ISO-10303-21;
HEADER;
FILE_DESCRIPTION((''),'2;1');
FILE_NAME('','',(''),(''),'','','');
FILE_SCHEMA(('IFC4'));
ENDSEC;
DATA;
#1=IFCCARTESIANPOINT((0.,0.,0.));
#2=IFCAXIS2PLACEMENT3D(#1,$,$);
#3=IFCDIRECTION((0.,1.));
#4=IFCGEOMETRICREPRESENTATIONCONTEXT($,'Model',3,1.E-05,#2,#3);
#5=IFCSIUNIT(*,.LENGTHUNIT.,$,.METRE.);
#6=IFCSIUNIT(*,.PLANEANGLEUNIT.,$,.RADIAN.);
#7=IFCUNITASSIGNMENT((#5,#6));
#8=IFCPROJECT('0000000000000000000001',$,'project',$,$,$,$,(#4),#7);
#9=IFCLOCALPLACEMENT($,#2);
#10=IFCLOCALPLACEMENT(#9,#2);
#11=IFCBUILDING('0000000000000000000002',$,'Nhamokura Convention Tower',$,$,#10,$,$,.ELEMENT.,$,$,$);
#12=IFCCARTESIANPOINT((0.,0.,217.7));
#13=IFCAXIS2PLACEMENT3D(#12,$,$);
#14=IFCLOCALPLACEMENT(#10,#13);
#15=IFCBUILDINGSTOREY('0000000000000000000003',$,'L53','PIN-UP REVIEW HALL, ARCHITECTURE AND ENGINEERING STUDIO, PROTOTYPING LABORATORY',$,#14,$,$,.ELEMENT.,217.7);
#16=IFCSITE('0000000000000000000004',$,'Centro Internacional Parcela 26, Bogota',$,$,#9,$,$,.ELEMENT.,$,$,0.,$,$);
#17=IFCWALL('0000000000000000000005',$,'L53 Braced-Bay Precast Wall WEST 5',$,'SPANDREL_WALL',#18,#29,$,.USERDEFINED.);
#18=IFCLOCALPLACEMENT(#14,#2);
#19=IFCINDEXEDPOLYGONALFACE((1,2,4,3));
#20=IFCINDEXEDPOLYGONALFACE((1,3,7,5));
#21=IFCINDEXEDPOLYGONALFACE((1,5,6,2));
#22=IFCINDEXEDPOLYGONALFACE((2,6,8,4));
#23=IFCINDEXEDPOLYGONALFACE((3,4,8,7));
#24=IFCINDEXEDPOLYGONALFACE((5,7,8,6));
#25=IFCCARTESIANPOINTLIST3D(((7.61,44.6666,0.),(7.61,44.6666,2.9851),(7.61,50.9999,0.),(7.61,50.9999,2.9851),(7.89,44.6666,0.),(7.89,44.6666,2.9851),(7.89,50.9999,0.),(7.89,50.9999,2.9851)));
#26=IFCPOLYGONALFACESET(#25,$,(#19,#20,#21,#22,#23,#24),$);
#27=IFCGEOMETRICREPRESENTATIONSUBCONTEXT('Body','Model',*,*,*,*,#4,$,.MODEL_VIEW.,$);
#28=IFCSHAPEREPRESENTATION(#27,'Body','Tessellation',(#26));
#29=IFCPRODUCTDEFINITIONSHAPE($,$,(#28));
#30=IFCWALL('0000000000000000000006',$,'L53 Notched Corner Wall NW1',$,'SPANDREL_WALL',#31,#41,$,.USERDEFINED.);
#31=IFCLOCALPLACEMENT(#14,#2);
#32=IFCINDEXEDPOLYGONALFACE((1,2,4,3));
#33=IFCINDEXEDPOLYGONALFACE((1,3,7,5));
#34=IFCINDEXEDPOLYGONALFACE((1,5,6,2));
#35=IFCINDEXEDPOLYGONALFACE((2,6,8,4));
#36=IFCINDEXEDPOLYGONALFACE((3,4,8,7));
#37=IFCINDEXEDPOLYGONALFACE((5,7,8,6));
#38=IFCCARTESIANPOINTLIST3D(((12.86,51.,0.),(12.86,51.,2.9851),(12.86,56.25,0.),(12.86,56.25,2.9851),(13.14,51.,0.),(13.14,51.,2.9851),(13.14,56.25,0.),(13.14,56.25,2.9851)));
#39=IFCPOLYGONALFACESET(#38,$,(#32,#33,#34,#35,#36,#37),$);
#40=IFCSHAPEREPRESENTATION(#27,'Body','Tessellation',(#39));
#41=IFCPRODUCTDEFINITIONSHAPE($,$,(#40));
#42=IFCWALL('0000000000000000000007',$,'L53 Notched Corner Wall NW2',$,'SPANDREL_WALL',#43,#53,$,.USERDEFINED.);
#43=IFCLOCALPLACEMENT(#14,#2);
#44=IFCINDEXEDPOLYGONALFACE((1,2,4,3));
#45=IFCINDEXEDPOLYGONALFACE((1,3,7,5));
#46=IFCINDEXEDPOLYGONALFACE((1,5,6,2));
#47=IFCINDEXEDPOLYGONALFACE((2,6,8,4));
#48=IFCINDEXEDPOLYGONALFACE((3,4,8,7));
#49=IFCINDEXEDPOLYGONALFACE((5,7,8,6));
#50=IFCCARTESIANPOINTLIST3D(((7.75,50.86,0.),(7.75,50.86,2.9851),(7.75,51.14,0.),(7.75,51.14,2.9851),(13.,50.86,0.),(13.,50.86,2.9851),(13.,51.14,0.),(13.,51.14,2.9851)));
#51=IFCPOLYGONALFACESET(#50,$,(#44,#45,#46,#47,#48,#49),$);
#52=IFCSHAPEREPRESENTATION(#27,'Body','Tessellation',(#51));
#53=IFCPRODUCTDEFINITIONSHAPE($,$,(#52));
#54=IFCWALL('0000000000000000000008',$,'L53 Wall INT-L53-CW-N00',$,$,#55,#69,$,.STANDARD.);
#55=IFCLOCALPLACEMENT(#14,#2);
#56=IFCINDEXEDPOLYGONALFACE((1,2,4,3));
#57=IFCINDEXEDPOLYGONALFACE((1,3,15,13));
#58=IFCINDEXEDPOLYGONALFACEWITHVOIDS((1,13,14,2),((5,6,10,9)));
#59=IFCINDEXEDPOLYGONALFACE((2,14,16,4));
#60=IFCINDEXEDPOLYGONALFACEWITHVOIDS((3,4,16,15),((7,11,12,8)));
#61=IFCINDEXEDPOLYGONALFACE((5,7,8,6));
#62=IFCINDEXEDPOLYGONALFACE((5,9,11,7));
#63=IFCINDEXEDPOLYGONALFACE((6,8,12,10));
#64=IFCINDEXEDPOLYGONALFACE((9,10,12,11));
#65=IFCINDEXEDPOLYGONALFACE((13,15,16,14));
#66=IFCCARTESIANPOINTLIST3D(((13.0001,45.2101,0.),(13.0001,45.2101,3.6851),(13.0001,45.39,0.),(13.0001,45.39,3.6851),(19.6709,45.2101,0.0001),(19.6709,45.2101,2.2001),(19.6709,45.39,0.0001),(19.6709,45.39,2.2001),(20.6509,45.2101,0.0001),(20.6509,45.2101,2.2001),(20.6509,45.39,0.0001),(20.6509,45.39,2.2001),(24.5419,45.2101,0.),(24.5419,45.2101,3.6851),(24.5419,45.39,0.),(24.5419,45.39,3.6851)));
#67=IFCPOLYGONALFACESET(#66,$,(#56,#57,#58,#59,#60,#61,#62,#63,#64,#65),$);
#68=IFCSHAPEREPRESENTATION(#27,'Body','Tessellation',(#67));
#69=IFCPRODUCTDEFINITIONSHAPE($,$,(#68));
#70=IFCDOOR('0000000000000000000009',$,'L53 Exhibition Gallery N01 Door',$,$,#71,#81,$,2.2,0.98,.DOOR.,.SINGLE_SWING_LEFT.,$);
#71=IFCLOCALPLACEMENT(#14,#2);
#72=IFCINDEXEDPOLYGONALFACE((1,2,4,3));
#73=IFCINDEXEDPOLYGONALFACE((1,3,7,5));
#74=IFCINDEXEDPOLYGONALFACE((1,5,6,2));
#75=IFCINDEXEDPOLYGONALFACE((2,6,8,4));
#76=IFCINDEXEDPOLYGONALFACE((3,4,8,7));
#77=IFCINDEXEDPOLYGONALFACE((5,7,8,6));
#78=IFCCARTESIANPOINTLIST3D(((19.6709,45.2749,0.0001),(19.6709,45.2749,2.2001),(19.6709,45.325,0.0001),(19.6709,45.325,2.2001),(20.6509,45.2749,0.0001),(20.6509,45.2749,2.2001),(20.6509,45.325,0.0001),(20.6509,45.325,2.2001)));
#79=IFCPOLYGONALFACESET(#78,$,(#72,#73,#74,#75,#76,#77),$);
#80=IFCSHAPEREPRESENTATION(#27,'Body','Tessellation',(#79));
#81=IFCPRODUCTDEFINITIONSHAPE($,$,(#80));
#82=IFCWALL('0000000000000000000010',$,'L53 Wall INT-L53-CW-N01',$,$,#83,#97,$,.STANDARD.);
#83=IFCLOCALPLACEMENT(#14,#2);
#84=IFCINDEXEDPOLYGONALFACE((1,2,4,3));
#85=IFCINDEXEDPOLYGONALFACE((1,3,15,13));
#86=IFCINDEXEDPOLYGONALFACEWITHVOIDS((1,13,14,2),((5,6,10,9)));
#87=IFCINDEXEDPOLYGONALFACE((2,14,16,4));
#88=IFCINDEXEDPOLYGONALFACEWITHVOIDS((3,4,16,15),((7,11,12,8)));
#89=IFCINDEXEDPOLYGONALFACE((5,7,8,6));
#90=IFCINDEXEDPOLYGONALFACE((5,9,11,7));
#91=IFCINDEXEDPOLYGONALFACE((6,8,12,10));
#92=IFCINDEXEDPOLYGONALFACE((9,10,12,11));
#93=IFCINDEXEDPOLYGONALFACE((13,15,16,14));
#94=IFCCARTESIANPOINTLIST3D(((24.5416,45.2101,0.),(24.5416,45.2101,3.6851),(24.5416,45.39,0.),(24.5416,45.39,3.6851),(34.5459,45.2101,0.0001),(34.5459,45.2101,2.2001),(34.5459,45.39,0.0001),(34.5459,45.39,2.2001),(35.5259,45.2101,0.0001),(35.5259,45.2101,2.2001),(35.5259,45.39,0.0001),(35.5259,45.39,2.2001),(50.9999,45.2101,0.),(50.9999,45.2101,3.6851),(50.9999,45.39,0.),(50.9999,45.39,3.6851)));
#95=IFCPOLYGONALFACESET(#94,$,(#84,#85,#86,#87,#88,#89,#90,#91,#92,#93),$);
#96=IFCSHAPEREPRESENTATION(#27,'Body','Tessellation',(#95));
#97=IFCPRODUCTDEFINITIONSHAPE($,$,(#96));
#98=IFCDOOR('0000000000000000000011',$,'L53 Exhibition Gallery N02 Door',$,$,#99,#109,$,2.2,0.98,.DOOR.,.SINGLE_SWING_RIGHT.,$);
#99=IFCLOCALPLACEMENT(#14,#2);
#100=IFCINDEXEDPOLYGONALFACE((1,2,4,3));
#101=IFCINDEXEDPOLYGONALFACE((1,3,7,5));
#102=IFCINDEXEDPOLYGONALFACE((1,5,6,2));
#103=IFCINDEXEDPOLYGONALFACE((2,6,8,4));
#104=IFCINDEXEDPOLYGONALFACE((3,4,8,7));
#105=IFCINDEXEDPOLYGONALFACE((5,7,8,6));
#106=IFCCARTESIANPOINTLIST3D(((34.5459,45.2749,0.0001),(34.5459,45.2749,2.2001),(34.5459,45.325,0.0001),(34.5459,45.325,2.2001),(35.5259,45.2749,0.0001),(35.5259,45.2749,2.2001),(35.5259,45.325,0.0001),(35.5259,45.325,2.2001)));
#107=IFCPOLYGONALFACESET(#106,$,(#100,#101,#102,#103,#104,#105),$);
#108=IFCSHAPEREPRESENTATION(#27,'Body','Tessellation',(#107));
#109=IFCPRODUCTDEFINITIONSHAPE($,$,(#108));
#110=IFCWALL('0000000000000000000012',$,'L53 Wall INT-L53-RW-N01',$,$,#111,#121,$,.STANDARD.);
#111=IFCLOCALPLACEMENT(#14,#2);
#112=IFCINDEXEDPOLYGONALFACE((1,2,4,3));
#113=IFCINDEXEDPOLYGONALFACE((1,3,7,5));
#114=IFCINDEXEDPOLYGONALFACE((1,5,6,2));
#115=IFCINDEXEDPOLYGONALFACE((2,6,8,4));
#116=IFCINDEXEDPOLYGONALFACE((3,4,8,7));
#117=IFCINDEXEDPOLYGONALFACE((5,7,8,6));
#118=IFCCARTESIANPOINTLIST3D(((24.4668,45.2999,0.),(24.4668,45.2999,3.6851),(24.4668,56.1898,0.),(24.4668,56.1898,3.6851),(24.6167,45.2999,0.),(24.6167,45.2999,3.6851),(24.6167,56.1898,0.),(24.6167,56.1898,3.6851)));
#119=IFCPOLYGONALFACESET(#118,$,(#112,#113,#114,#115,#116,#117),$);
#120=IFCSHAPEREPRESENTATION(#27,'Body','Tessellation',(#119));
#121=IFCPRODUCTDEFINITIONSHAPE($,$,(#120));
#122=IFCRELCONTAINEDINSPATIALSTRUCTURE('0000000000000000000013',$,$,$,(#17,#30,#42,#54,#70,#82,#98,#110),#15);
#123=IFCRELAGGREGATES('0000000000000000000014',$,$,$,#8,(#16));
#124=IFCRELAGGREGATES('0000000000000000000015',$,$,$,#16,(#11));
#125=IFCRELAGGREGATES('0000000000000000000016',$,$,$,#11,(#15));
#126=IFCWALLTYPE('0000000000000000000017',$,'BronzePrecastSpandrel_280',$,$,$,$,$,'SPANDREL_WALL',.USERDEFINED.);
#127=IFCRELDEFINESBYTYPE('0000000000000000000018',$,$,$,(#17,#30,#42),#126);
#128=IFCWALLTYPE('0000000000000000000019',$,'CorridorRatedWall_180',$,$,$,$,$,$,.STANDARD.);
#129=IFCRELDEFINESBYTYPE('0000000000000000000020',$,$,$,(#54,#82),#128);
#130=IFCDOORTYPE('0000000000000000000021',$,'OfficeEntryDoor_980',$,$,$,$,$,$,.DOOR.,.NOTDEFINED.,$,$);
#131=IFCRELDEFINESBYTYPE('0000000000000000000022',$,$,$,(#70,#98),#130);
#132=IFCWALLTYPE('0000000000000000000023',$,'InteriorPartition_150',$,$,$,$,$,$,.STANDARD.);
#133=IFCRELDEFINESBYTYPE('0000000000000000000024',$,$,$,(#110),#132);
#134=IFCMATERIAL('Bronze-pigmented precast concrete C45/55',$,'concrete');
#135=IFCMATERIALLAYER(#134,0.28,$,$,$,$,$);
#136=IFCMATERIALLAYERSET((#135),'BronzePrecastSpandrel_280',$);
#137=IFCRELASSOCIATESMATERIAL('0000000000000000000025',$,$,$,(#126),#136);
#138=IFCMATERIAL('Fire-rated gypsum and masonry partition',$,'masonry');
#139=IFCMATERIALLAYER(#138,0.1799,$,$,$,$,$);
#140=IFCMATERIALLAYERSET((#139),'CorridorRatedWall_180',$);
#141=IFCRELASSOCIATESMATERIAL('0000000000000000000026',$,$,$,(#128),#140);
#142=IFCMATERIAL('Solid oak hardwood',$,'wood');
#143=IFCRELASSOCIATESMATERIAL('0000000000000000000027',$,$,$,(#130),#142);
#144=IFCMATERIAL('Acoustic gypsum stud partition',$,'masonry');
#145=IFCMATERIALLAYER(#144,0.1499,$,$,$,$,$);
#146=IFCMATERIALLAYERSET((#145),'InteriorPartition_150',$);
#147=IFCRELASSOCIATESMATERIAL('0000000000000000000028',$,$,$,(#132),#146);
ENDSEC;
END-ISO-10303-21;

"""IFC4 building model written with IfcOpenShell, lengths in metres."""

from ifc_helpers import new_model, si_unit, direction, frame, frame_2d, origin, place, context, subcontext, project, spatial, rectangle, extrude, material, layer, layer_set, type_object, element, fill, save


model = new_model("IFC4")

# Units and contexts
model_context = context("Model", 3, precision=1e-05, world=origin(), true_north=direction((0.0, 1.0)))
body_context = subcontext(model_context, "Body", "Model", "MODEL_VIEW")
ifc_project = project(units=[si_unit("LENGTHUNIT", "METRE"), si_unit("PLANEANGLEUNIT", "RADIAN")], contexts=[model_context])

# Site, building, storey
site_placement = place(None, origin())
site = spatial("IfcSite", under=ifc_project, at=site_placement, Name="Centro Internacional Parcela 26, Bogota", CompositionType="ELEMENT", RefElevation=0.0)
building_placement = place(site_placement, origin())
building = spatial("IfcBuilding", under=site, at=building_placement, Name="Nhamokura Convention Tower", CompositionType="ELEMENT")
storey_placement = place(building_placement, frame((0.0, 0.0, 217.7)))
storey = spatial("IfcBuildingStorey", under=building, at=storey_placement, Name="L53", Description="PIN-UP REVIEW HALL, ARCHITECTURE AND ENGINEERING STUDIO, PROTOTYPING LABORATORY", CompositionType="ELEMENT", Elevation=217.7)

# Shared definitions
ifc_material_1 = material(Name="Bronze-pigmented precast concrete C45/55", Category="concrete")
ifc_layer_1 = layer(ifc_material_1, 0.28)
ifc_layer_set_1 = layer_set([ifc_layer_1], Name="BronzePrecastSpandrel_280")
wall_type_1 = type_object("IfcWallType", Name="BronzePrecastSpandrel_280", ElementType="SPANDREL_WALL", PredefinedType="USERDEFINED", material=ifc_layer_set_1)

# Walls
wall_1_placement = place(storey_placement, frame((7.75, 44.6667, 0.0), z_axis=(0.0, 0.0, 1.0), x_axis=(0.0, 1.0, 0.0)))
element("IfcWall", 1, at=wall_1_placement, inside=storey, type_object=wall_type_1, Name="L53 Braced-Bay Precast Wall WEST 5", ObjectType="SPANDREL_WALL", PredefinedType="USERDEFINED", context=body_context, shape_type="SweptSolid", body=[
    extrude(rectangle(XDim=6.3333, YDim=0.28, at=frame_2d((3.1665, 0.0))), origin(), (0.0, 0.0, 1.0), 2.9851),
])
for number, where, z_axis, x_axis, name in (
    (2, (13.0, 51.0, 0.0), (0.0, 0.0, 1.0), (0.0, 1.0, 0.0), "L53 Notched Corner Wall NW1"),
    (3, (7.75, 51.0, 0.0), (0.0, 0.0, 1.0), (1.0, 0.0, 0.0), "L53 Notched Corner Wall NW2"),
):
    element("IfcWall", number, at=place(storey_placement, frame(where, z_axis=z_axis, x_axis=x_axis)), inside=storey, type_object=wall_type_1, Name=name, ObjectType="SPANDREL_WALL", PredefinedType="USERDEFINED", context=body_context, shape_type="SweptSolid", body=[
        extrude(rectangle(XDim=5.25, YDim=0.28, at=frame_2d((2.625, 0.0))), origin(), (0.0, 0.0, 1.0), 2.9851),
    ])

# Walls, openings, doors
ifc_material_2 = material(Name="Fire-rated gypsum and masonry partition", Category="masonry")
ifc_layer_2 = layer(ifc_material_2, 0.1799)
ifc_layer_set_2 = layer_set([ifc_layer_2], Name="CorridorRatedWall_180")
wall_type_2 = type_object("IfcWallType", Name="CorridorRatedWall_180", PredefinedType="STANDARD", material=ifc_layer_set_2)
wall_2_placement = place(storey_placement, frame((13.0, 45.3, 0.0), z_axis=(0.0, 0.0, 1.0), x_axis=(1.0, 0.0, 0.0)))
wall_2 = element("IfcWall", 4, at=wall_2_placement, inside=storey, type_object=wall_type_2, Name="L53 Wall INT-L53-CW-N00", PredefinedType="STANDARD", context=body_context, shape_type="SweptSolid", body=[
    extrude(rectangle(XDim=11.5417, YDim=0.1799, at=frame_2d((5.771, 0.0))), origin(), (0.0, 0.0, 1.0), 3.6851),
])
opening_1_placement = place(wall_2_placement, frame((6.6709, 0.0, 0.0)))
opening_1 = element("IfcOpeningElement", 5, at=opening_1_placement, cuts=wall_2, PredefinedType="OPENING", context=body_context, shape_type="SweptSolid", body=[
    extrude(rectangle(XDim=0.98, YDim=2.2, at=frame_2d((0.49, 1.1001))), frame((0.0, 0.0999, 0.0), z_axis=(0.0, -1.0, 0.0), x_axis=(1.0, 0.0, 0.0)), (0.0, 0.0, 1.0), 0.2),
])
ifc_material_3 = material(Name="Solid oak hardwood", Category="wood")
door_type = type_object("IfcDoorType", Name="OfficeEntryDoor_980", OperationType="NOTDEFINED", PredefinedType="DOOR", material=ifc_material_3)
door_1_placement = place(opening_1_placement, origin())
door_1 = element("IfcDoor", 6, at=door_1_placement, inside=storey, type_object=door_type, Name="L53 Exhibition Gallery N01 Door", OperationType="SINGLE_SWING_LEFT", OverallHeight=2.2, OverallWidth=0.98, PredefinedType="DOOR", context=body_context, shape_type="SweptSolid", body=[
    extrude(rectangle(XDim=0.98, YDim=2.2, at=frame_2d((0.49, 1.1001))), frame((0.0, 0.0249, 0.0), z_axis=(0.0, -1.0, 0.0), x_axis=(1.0, 0.0, 0.0)), (0.0, 0.0, 1.0), 0.05),
])
fill(opening_1, door_1)
wall_3_placement = place(storey_placement, frame((24.5417, 45.3, 0.0), z_axis=(0.0, 0.0, 1.0), x_axis=(1.0, 0.0, 0.0)))
wall_3 = element("IfcWall", 7, at=wall_3_placement, inside=storey, type_object=wall_type_2, Name="L53 Wall INT-L53-CW-N01", PredefinedType="STANDARD", context=body_context, shape_type="SweptSolid", body=[
    extrude(rectangle(XDim=26.4583, YDim=0.1799, at=frame_2d((13.229, 0.0))), origin(), (0.0, 0.0, 1.0), 3.6851),
])
opening_2_placement = place(wall_3_placement, frame((10.0042, 0.0, 0.0)))
opening_2 = element("IfcOpeningElement", 8, at=opening_2_placement, cuts=wall_3, PredefinedType="OPENING", context=body_context, shape_type="SweptSolid", body=[
    extrude(rectangle(XDim=0.98, YDim=2.2, at=frame_2d((0.49, 1.1001))), frame((0.0, 0.0999, 0.0), z_axis=(0.0, -1.0, 0.0), x_axis=(1.0, 0.0, 0.0)), (0.0, 0.0, 1.0), 0.2),
])
door_2_placement = place(opening_2_placement, origin())
door_2 = element("IfcDoor", 9, at=door_2_placement, inside=storey, type_object=door_type, Name="L53 Exhibition Gallery N02 Door", OperationType="SINGLE_SWING_RIGHT", OverallHeight=2.2, OverallWidth=0.98, PredefinedType="DOOR", context=body_context, shape_type="SweptSolid", body=[
    extrude(rectangle(XDim=0.98, YDim=2.2, at=frame_2d((0.49, 1.1001))), frame((0.0, 0.0249, 0.0), z_axis=(0.0, -1.0, 0.0), x_axis=(1.0, 0.0, 0.0)), (0.0, 0.0, 1.0), 0.05),
])
fill(opening_2, door_2)

# Wall
ifc_material_4 = material(Name="Acoustic gypsum stud partition", Category="masonry")
ifc_layer_3 = layer(ifc_material_4, 0.1499)
ifc_layer_set_3 = layer_set([ifc_layer_3], Name="InteriorPartition_150")
wall_type_3 = type_object("IfcWallType", Name="InteriorPartition_150", PredefinedType="STANDARD", material=ifc_layer_set_3)
wall_4_placement = place(storey_placement, frame((24.5417, 45.3, 0.0), z_axis=(0.0, 0.0, 1.0), x_axis=(0.0, 1.0, 0.0)))
element("IfcWall", 10, at=wall_4_placement, inside=storey, type_object=wall_type_3, Name="L53 Wall INT-L53-RW-N01", PredefinedType="STANDARD", context=body_context, shape_type="SweptSolid", body=[
    extrude(rectangle(XDim=10.8899, YDim=0.1499, at=frame_2d((5.4448, 0.0))), origin(), (0.0, 0.0, 1.0), 3.6851),
])

save(model, "model.ifc")
